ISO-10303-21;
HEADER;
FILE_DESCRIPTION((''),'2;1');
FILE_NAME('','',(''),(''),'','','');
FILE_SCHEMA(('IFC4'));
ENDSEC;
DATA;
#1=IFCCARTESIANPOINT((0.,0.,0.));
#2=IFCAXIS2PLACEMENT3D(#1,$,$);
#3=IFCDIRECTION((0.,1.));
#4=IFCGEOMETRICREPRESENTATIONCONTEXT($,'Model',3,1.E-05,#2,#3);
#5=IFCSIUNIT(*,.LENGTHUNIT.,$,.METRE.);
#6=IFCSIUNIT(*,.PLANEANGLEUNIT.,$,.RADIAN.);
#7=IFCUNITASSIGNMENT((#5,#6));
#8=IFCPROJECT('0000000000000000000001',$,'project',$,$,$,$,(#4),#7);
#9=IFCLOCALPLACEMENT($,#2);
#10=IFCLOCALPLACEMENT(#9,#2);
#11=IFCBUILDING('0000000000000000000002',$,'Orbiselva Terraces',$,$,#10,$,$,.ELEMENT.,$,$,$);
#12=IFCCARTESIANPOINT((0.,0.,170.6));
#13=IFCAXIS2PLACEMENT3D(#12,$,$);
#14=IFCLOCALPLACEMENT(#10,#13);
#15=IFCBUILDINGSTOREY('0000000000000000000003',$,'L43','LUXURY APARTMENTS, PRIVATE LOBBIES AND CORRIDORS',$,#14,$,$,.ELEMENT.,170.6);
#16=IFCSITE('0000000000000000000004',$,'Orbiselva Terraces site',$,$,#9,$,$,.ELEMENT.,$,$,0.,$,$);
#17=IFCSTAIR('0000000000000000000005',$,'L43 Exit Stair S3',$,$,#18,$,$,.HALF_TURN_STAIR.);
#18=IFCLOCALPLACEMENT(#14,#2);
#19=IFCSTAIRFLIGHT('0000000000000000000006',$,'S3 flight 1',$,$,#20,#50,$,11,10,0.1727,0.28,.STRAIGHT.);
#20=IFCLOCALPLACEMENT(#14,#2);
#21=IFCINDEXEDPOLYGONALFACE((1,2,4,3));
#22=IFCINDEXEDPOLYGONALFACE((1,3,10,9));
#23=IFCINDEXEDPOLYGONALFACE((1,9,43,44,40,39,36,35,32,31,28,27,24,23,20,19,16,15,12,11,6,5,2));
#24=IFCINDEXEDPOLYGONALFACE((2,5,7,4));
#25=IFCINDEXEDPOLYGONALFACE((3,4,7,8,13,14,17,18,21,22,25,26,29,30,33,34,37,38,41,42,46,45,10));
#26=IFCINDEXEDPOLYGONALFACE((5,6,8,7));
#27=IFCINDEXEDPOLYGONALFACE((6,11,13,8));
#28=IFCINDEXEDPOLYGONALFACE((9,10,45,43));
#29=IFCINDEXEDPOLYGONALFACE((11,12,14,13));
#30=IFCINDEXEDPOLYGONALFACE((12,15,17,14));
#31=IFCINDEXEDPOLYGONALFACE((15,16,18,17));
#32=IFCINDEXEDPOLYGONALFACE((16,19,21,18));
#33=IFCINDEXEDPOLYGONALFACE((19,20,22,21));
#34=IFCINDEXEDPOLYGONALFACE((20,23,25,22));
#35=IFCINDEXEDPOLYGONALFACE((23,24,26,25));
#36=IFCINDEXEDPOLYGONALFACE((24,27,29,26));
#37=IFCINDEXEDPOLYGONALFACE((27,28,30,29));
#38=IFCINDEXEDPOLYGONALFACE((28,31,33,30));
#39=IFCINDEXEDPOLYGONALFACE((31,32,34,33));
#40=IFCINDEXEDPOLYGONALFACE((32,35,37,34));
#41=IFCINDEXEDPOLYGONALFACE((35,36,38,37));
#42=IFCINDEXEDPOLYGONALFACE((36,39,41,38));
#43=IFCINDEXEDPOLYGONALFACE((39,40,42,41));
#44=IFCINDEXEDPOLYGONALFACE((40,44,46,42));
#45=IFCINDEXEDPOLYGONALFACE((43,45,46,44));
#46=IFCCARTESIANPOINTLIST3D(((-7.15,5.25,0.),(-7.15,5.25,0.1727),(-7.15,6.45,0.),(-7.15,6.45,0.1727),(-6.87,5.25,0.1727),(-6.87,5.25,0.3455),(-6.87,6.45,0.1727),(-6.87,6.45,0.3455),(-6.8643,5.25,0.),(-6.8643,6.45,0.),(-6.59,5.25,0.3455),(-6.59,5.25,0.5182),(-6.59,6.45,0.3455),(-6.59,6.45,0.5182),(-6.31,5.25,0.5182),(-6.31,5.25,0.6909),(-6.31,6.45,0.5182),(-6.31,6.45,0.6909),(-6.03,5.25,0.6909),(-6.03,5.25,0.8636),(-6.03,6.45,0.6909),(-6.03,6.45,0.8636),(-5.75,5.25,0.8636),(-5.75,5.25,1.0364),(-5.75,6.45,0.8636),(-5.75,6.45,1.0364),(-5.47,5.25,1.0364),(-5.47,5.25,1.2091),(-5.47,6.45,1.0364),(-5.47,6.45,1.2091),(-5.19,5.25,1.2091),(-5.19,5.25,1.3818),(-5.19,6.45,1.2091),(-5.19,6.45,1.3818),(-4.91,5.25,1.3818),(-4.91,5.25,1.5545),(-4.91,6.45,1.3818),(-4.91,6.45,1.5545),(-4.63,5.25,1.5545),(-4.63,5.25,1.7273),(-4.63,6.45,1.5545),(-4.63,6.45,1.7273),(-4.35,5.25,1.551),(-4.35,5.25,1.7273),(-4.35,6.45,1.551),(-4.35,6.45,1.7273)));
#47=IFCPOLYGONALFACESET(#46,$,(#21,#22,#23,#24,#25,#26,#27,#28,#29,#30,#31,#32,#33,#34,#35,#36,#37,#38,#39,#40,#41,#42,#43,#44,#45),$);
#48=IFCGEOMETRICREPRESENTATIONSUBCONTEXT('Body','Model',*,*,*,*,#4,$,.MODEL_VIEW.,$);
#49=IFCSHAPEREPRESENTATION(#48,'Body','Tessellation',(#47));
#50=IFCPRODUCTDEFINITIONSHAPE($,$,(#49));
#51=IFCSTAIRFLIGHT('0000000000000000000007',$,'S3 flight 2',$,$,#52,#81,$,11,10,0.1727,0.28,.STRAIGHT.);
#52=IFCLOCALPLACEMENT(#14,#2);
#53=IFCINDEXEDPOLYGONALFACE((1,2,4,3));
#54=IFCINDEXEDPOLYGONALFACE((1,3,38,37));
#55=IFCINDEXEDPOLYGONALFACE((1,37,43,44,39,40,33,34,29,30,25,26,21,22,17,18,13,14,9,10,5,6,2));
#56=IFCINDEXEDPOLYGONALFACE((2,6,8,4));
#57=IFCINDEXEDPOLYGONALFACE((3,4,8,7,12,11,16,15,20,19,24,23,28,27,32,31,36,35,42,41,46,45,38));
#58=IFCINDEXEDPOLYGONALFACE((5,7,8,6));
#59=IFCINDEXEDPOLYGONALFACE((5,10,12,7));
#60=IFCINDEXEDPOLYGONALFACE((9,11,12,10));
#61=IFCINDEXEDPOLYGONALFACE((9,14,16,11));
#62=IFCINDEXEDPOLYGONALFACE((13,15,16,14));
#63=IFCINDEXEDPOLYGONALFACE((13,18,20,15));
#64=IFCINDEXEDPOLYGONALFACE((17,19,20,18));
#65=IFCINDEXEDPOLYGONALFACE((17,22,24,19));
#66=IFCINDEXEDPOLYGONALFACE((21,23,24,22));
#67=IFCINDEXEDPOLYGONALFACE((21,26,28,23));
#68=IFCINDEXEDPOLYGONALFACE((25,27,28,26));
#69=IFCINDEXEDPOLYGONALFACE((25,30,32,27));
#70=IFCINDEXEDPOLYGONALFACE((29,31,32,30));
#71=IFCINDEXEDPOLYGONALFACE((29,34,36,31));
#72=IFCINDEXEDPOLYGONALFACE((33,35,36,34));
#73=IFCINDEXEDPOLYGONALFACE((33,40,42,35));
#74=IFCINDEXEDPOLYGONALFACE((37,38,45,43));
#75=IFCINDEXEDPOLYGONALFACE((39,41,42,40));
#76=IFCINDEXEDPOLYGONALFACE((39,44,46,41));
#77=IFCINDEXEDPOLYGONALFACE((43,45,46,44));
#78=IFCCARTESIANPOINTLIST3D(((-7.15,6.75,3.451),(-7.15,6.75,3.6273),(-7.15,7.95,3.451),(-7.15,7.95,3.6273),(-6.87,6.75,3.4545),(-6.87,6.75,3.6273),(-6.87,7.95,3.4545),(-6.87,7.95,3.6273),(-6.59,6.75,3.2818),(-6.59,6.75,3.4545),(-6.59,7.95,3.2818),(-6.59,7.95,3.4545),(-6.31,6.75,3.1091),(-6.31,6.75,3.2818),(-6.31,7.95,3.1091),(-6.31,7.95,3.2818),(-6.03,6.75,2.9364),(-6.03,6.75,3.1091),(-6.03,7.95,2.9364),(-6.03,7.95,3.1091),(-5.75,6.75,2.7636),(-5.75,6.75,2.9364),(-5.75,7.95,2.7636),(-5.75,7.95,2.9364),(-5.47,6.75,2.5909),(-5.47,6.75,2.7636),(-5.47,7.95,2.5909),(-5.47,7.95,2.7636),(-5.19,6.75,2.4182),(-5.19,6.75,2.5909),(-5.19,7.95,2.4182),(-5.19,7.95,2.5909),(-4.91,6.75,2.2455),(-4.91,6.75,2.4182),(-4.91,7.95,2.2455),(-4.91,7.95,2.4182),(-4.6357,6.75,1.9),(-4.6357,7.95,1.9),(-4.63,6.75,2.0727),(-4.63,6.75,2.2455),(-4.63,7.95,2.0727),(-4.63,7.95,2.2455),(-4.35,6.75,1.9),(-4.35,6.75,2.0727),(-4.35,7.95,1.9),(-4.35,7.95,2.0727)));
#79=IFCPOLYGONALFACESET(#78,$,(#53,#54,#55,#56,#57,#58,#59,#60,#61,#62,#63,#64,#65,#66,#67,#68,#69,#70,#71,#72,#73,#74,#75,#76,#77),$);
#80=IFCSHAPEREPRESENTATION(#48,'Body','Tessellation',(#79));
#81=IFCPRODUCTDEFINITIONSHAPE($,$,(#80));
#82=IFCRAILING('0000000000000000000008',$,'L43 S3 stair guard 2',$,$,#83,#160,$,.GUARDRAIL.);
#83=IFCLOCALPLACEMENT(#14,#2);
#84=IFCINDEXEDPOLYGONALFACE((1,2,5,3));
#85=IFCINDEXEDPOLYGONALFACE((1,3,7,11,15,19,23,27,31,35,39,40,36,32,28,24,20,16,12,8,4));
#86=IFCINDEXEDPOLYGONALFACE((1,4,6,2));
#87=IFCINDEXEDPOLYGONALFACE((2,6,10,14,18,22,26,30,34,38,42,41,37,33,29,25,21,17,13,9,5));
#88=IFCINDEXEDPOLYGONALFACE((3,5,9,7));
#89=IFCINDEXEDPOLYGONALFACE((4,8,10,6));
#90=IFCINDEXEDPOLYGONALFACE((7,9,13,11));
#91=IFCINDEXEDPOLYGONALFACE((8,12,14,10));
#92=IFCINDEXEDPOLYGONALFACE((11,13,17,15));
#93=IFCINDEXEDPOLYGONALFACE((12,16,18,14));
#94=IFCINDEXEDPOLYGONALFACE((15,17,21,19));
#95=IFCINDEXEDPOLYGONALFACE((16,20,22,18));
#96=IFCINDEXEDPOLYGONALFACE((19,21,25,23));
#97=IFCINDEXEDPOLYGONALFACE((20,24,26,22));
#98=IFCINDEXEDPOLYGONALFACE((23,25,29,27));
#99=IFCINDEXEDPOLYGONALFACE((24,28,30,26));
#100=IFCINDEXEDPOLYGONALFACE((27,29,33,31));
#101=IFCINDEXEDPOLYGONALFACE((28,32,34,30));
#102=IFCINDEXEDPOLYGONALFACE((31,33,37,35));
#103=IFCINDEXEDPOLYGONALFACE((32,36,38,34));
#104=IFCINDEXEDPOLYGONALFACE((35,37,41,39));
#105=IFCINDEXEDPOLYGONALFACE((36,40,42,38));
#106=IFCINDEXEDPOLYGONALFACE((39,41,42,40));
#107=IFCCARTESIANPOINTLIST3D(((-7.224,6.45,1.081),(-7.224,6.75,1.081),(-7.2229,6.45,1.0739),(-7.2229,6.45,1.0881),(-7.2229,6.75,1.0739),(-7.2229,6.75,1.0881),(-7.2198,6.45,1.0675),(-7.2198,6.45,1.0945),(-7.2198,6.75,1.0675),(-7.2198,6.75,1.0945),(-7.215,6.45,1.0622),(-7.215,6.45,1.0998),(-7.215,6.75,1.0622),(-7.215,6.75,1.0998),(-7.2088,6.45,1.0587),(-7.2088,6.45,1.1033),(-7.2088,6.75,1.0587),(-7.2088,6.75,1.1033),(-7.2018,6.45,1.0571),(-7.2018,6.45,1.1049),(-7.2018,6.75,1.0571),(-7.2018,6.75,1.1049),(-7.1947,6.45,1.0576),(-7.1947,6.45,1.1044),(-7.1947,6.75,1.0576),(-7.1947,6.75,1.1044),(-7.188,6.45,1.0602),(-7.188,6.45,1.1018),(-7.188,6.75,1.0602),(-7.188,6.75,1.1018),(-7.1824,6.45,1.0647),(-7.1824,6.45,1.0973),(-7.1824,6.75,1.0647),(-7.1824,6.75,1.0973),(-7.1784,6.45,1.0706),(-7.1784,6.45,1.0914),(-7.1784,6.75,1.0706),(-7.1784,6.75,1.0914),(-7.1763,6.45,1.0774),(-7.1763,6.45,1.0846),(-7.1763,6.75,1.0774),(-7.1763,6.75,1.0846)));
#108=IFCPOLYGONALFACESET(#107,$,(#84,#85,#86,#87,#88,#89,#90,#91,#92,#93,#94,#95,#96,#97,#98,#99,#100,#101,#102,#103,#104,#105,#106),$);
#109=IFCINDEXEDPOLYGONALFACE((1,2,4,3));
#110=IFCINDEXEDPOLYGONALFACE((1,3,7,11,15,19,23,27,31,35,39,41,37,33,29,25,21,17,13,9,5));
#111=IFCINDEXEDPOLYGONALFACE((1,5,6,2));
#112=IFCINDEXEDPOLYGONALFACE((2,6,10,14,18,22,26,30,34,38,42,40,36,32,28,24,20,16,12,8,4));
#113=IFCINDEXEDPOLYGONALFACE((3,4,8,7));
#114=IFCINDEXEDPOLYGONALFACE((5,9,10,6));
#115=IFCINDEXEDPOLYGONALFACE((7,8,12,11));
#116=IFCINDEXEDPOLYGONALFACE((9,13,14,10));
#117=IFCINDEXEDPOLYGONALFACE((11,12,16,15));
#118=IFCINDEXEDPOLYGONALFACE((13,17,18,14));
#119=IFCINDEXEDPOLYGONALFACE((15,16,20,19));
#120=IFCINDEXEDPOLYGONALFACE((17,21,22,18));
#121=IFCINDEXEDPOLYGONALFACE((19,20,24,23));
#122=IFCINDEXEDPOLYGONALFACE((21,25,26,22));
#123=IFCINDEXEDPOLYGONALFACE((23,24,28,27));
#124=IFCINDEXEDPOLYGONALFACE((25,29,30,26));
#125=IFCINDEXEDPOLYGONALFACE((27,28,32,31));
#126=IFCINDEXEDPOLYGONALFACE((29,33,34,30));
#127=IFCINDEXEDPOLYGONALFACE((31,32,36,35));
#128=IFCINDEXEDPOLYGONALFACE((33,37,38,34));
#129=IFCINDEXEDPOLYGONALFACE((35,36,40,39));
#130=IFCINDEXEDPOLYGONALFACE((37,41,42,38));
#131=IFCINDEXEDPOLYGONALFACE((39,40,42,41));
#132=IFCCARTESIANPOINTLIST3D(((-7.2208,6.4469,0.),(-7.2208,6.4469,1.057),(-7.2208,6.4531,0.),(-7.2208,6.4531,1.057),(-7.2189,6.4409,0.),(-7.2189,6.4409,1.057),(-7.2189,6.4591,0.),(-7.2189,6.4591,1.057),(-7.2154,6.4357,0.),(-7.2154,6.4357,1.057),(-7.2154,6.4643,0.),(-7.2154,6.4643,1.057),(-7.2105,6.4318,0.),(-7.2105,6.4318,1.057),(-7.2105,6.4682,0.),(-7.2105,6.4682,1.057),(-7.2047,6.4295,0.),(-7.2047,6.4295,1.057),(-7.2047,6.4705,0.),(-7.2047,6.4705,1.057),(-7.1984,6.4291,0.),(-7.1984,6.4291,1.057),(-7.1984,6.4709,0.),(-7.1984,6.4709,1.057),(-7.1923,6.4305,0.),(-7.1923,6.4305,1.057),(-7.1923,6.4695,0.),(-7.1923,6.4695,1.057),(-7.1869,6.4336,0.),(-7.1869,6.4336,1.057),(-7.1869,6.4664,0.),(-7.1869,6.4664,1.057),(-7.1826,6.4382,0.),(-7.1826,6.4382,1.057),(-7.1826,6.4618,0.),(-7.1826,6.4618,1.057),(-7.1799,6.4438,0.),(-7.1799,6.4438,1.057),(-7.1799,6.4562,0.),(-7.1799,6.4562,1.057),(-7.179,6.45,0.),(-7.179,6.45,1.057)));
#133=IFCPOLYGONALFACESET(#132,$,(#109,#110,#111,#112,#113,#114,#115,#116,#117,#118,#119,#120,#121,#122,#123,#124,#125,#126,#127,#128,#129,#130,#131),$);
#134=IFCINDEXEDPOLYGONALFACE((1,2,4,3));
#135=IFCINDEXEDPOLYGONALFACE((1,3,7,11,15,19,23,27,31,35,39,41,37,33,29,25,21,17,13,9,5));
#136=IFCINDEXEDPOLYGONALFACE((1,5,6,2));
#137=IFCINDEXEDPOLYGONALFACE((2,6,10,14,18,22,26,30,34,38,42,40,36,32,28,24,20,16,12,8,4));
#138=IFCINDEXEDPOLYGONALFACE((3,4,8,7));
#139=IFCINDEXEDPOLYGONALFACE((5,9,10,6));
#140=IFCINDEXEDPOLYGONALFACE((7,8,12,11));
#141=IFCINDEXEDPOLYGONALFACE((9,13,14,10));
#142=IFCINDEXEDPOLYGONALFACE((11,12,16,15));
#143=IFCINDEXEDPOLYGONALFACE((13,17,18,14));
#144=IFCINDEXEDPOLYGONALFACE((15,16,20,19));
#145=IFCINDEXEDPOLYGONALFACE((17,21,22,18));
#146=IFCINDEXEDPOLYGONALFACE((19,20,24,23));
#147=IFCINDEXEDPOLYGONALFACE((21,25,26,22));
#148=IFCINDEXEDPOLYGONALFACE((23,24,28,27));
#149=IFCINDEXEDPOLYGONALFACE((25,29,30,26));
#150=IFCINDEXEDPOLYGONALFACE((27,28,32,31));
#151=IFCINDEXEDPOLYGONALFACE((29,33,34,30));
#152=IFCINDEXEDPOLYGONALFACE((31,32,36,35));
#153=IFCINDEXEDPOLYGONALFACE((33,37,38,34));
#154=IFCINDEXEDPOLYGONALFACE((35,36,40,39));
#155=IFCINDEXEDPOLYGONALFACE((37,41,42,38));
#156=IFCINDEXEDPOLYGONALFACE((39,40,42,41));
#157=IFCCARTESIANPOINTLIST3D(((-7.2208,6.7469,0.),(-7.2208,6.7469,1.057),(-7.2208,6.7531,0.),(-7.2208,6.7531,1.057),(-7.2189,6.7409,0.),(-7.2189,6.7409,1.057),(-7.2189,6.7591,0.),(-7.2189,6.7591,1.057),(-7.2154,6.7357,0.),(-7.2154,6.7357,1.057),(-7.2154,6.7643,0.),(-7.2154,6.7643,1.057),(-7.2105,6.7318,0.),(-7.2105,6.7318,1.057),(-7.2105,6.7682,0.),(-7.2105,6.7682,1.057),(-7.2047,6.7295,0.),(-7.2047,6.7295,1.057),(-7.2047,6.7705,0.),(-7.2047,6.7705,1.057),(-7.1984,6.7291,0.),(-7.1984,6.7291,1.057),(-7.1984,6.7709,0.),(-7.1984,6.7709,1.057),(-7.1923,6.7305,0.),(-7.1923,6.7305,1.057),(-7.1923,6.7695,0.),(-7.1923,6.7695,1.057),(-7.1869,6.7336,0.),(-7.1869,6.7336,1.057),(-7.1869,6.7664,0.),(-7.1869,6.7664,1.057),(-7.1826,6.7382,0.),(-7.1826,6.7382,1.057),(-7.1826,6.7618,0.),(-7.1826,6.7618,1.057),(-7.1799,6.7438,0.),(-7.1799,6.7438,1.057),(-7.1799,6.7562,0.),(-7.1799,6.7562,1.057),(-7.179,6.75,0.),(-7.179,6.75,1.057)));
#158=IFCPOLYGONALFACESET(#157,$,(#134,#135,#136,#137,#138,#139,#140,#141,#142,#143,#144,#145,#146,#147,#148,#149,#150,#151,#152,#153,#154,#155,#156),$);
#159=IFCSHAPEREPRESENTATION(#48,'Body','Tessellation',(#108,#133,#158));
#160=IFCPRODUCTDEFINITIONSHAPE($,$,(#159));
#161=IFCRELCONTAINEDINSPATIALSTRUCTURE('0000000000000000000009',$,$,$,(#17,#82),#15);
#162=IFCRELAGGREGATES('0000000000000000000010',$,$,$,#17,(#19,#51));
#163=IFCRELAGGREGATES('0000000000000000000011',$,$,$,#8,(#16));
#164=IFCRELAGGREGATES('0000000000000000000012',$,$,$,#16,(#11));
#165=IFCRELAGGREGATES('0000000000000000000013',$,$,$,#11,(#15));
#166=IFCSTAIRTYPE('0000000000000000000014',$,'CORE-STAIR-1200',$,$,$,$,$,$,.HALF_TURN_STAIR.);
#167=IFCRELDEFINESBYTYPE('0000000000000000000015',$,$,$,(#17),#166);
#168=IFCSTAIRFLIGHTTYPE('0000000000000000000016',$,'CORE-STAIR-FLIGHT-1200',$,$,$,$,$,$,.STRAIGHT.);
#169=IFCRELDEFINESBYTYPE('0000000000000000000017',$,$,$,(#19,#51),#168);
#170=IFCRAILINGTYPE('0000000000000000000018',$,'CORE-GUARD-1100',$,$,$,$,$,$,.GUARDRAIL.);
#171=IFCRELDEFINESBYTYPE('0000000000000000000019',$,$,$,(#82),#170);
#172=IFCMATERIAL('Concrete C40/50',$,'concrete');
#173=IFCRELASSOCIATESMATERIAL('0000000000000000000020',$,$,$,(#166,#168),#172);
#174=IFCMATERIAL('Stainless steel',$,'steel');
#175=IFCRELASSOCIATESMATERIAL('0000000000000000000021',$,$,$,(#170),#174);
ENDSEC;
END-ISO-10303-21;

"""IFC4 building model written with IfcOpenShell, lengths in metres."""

from ifc_helpers import new_model, si_unit, direction, frame, origin, origin_2d, place, context, subcontext, project, spatial, polyline, circle, outline, extrude, material, type_object, element, aggregate, save


model = new_model("IFC4")

# Units and contexts
model_context = context("Model", 3, precision=1e-05, world=origin(), true_north=direction((0.0, 1.0)))
body_context = subcontext(model_context, "Body", "Model", "MODEL_VIEW")
ifc_project = project(units=[si_unit("LENGTHUNIT", "METRE"), si_unit("PLANEANGLEUNIT", "RADIAN")], contexts=[model_context])

# Site, building, storey
site_placement = place(None, origin())
site = spatial("IfcSite", under=ifc_project, at=site_placement, Name="Orbiselva Terraces site", CompositionType="ELEMENT", RefElevation=0.0)
building_placement = place(site_placement, origin())
building = spatial("IfcBuilding", under=site, at=building_placement, Name="Orbiselva Terraces", CompositionType="ELEMENT")
storey_placement = place(building_placement, frame((0.0, 0.0, 170.6)))
storey = spatial("IfcBuildingStorey", under=building, at=storey_placement, Name="L43", Description="LUXURY APARTMENTS, PRIVATE LOBBIES AND CORRIDORS", CompositionType="ELEMENT", Elevation=170.6)

# Stair, stair flights
ifc_material_1 = material(Name="Concrete C40/50", Category="concrete")
stair_type = type_object("IfcStairType", Name="CORE-STAIR-1200", PredefinedType="HALF_TURN_STAIR", material=ifc_material_1)
stair_placement = place(storey_placement, origin())
stair = element("IfcStair", 1, at=stair_placement, inside=storey, type_object=stair_type, Name="L43 Exit Stair S3", PredefinedType="HALF_TURN_STAIR")
stair_flight_type = type_object("IfcStairFlightType", Name="CORE-STAIR-FLIGHT-1200", PredefinedType="STRAIGHT", material=ifc_material_1)
stair_flight_1_placement = place(storey_placement, frame((-7.15, 5.85, 0.0), z_axis=(0.0, 0.0, 1.0), x_axis=(1.0, 0.0, 0.0)))
stair_flight_1 = element("IfcStairFlight", 2, at=stair_flight_1_placement, type_object=stair_flight_type, Name="S3 flight 1", NumberOfRisers=11, NumberOfTreads=10, PredefinedType="STRAIGHT", RiserHeight=0.1727, TreadLength=0.28, context=body_context, shape_type="SweptSolid", body=[
    extrude(outline(polyline([(0.0, 0.0), (0.0, 0.1727), (0.28, 0.1727), (0.28, 0.3455), (0.56, 0.3455), (0.56, 0.5182), (0.84, 0.5182), (0.84, 0.6909), (1.12, 0.6909), (1.12, 0.8636), (1.4, 0.8636), (1.4, 1.0364), (1.68, 1.0364), (1.68, 1.2091), (1.96, 1.2091), (1.96, 1.3818), (2.24, 1.3818), (2.24, 1.5545), (2.52, 1.5545), (2.52, 1.7273), (2.8, 1.7273), (2.8, 1.9), (2.8, 1.551), (0.2857, 0.0), (0.0, 0.0)])), frame((0.0, 0.6, 0.0), z_axis=(0.0, -1.0, 0.0), x_axis=(1.0, 0.0, 0.0)), (0.0, 0.0, 1.0), 1.2),
])
stair_flight_2_placement = place(storey_placement, frame((-4.35, 7.35, 1.9), z_axis=(0.0, 0.0, 1.0), x_axis=(-1.0, 0.0, 0.0)))
stair_flight_2 = element("IfcStairFlight", 3, at=stair_flight_2_placement, type_object=stair_flight_type, Name="S3 flight 2", NumberOfRisers=11, NumberOfTreads=10, PredefinedType="STRAIGHT", RiserHeight=0.1727, TreadLength=0.28, context=body_context, shape_type="SweptSolid", body=[
    extrude(outline(polyline([(0.0, 0.0), (0.0, 0.1727), (0.28, 0.1727), (0.28, 0.3455), (0.56, 0.3455), (0.56, 0.5182), (0.84, 0.5182), (0.84, 0.6909), (1.12, 0.6909), (1.12, 0.8636), (1.4, 0.8636), (1.4, 1.0364), (1.68, 1.0364), (1.68, 1.2091), (1.96, 1.2091), (1.96, 1.3818), (2.24, 1.3818), (2.24, 1.5545), (2.52, 1.5545), (2.52, 1.7273), (2.8, 1.7273), (2.8, 1.9), (2.8, 1.551), (0.2857, 0.0), (0.0, 0.0)])), frame((0.0, 0.6, 0.0), z_axis=(0.0, -1.0, 0.0), x_axis=(1.0, 0.0, 0.0)), (0.0, 0.0, 1.0), 1.2),
])
aggregate(stair, [stair_flight_1, stair_flight_2])

# Railing
ifc_material_2 = material(Name="Stainless steel", Category="steel")
railing_type_1 = type_object("IfcRailingType", Name="CORE-GUARD-1100", PredefinedType="GUARDRAIL", material=ifc_material_2)
railing_1_placement = place(storey_placement, frame((-7.2, 6.45, 0.0)))
element("IfcRailing", 4, at=railing_1_placement, inside=storey, type_object=railing_type_1, Name="L43 S3 stair guard 2", PredefinedType="GUARDRAIL", context=body_context, shape_type="SweptSolid", body=[
    extrude(circle(Radius=0.024, at=origin_2d()), frame((0.0, 0.0, 1.081), z_axis=(0.0, 1.0, 0.0), x_axis=(-1.0, 0.0, 0.0)), (0.0, 0.0, 1.0), 0.3),
    extrude(circle(Radius=0.021, at=origin_2d()), origin(), (0.0, 0.0, 1.0), 1.057),
    extrude(circle(Radius=0.021, at=origin_2d()), frame((0.0, 0.3, 0.0)), (0.0, 0.0, 1.0), 1.057),
])

save(model, "model.ifc")
